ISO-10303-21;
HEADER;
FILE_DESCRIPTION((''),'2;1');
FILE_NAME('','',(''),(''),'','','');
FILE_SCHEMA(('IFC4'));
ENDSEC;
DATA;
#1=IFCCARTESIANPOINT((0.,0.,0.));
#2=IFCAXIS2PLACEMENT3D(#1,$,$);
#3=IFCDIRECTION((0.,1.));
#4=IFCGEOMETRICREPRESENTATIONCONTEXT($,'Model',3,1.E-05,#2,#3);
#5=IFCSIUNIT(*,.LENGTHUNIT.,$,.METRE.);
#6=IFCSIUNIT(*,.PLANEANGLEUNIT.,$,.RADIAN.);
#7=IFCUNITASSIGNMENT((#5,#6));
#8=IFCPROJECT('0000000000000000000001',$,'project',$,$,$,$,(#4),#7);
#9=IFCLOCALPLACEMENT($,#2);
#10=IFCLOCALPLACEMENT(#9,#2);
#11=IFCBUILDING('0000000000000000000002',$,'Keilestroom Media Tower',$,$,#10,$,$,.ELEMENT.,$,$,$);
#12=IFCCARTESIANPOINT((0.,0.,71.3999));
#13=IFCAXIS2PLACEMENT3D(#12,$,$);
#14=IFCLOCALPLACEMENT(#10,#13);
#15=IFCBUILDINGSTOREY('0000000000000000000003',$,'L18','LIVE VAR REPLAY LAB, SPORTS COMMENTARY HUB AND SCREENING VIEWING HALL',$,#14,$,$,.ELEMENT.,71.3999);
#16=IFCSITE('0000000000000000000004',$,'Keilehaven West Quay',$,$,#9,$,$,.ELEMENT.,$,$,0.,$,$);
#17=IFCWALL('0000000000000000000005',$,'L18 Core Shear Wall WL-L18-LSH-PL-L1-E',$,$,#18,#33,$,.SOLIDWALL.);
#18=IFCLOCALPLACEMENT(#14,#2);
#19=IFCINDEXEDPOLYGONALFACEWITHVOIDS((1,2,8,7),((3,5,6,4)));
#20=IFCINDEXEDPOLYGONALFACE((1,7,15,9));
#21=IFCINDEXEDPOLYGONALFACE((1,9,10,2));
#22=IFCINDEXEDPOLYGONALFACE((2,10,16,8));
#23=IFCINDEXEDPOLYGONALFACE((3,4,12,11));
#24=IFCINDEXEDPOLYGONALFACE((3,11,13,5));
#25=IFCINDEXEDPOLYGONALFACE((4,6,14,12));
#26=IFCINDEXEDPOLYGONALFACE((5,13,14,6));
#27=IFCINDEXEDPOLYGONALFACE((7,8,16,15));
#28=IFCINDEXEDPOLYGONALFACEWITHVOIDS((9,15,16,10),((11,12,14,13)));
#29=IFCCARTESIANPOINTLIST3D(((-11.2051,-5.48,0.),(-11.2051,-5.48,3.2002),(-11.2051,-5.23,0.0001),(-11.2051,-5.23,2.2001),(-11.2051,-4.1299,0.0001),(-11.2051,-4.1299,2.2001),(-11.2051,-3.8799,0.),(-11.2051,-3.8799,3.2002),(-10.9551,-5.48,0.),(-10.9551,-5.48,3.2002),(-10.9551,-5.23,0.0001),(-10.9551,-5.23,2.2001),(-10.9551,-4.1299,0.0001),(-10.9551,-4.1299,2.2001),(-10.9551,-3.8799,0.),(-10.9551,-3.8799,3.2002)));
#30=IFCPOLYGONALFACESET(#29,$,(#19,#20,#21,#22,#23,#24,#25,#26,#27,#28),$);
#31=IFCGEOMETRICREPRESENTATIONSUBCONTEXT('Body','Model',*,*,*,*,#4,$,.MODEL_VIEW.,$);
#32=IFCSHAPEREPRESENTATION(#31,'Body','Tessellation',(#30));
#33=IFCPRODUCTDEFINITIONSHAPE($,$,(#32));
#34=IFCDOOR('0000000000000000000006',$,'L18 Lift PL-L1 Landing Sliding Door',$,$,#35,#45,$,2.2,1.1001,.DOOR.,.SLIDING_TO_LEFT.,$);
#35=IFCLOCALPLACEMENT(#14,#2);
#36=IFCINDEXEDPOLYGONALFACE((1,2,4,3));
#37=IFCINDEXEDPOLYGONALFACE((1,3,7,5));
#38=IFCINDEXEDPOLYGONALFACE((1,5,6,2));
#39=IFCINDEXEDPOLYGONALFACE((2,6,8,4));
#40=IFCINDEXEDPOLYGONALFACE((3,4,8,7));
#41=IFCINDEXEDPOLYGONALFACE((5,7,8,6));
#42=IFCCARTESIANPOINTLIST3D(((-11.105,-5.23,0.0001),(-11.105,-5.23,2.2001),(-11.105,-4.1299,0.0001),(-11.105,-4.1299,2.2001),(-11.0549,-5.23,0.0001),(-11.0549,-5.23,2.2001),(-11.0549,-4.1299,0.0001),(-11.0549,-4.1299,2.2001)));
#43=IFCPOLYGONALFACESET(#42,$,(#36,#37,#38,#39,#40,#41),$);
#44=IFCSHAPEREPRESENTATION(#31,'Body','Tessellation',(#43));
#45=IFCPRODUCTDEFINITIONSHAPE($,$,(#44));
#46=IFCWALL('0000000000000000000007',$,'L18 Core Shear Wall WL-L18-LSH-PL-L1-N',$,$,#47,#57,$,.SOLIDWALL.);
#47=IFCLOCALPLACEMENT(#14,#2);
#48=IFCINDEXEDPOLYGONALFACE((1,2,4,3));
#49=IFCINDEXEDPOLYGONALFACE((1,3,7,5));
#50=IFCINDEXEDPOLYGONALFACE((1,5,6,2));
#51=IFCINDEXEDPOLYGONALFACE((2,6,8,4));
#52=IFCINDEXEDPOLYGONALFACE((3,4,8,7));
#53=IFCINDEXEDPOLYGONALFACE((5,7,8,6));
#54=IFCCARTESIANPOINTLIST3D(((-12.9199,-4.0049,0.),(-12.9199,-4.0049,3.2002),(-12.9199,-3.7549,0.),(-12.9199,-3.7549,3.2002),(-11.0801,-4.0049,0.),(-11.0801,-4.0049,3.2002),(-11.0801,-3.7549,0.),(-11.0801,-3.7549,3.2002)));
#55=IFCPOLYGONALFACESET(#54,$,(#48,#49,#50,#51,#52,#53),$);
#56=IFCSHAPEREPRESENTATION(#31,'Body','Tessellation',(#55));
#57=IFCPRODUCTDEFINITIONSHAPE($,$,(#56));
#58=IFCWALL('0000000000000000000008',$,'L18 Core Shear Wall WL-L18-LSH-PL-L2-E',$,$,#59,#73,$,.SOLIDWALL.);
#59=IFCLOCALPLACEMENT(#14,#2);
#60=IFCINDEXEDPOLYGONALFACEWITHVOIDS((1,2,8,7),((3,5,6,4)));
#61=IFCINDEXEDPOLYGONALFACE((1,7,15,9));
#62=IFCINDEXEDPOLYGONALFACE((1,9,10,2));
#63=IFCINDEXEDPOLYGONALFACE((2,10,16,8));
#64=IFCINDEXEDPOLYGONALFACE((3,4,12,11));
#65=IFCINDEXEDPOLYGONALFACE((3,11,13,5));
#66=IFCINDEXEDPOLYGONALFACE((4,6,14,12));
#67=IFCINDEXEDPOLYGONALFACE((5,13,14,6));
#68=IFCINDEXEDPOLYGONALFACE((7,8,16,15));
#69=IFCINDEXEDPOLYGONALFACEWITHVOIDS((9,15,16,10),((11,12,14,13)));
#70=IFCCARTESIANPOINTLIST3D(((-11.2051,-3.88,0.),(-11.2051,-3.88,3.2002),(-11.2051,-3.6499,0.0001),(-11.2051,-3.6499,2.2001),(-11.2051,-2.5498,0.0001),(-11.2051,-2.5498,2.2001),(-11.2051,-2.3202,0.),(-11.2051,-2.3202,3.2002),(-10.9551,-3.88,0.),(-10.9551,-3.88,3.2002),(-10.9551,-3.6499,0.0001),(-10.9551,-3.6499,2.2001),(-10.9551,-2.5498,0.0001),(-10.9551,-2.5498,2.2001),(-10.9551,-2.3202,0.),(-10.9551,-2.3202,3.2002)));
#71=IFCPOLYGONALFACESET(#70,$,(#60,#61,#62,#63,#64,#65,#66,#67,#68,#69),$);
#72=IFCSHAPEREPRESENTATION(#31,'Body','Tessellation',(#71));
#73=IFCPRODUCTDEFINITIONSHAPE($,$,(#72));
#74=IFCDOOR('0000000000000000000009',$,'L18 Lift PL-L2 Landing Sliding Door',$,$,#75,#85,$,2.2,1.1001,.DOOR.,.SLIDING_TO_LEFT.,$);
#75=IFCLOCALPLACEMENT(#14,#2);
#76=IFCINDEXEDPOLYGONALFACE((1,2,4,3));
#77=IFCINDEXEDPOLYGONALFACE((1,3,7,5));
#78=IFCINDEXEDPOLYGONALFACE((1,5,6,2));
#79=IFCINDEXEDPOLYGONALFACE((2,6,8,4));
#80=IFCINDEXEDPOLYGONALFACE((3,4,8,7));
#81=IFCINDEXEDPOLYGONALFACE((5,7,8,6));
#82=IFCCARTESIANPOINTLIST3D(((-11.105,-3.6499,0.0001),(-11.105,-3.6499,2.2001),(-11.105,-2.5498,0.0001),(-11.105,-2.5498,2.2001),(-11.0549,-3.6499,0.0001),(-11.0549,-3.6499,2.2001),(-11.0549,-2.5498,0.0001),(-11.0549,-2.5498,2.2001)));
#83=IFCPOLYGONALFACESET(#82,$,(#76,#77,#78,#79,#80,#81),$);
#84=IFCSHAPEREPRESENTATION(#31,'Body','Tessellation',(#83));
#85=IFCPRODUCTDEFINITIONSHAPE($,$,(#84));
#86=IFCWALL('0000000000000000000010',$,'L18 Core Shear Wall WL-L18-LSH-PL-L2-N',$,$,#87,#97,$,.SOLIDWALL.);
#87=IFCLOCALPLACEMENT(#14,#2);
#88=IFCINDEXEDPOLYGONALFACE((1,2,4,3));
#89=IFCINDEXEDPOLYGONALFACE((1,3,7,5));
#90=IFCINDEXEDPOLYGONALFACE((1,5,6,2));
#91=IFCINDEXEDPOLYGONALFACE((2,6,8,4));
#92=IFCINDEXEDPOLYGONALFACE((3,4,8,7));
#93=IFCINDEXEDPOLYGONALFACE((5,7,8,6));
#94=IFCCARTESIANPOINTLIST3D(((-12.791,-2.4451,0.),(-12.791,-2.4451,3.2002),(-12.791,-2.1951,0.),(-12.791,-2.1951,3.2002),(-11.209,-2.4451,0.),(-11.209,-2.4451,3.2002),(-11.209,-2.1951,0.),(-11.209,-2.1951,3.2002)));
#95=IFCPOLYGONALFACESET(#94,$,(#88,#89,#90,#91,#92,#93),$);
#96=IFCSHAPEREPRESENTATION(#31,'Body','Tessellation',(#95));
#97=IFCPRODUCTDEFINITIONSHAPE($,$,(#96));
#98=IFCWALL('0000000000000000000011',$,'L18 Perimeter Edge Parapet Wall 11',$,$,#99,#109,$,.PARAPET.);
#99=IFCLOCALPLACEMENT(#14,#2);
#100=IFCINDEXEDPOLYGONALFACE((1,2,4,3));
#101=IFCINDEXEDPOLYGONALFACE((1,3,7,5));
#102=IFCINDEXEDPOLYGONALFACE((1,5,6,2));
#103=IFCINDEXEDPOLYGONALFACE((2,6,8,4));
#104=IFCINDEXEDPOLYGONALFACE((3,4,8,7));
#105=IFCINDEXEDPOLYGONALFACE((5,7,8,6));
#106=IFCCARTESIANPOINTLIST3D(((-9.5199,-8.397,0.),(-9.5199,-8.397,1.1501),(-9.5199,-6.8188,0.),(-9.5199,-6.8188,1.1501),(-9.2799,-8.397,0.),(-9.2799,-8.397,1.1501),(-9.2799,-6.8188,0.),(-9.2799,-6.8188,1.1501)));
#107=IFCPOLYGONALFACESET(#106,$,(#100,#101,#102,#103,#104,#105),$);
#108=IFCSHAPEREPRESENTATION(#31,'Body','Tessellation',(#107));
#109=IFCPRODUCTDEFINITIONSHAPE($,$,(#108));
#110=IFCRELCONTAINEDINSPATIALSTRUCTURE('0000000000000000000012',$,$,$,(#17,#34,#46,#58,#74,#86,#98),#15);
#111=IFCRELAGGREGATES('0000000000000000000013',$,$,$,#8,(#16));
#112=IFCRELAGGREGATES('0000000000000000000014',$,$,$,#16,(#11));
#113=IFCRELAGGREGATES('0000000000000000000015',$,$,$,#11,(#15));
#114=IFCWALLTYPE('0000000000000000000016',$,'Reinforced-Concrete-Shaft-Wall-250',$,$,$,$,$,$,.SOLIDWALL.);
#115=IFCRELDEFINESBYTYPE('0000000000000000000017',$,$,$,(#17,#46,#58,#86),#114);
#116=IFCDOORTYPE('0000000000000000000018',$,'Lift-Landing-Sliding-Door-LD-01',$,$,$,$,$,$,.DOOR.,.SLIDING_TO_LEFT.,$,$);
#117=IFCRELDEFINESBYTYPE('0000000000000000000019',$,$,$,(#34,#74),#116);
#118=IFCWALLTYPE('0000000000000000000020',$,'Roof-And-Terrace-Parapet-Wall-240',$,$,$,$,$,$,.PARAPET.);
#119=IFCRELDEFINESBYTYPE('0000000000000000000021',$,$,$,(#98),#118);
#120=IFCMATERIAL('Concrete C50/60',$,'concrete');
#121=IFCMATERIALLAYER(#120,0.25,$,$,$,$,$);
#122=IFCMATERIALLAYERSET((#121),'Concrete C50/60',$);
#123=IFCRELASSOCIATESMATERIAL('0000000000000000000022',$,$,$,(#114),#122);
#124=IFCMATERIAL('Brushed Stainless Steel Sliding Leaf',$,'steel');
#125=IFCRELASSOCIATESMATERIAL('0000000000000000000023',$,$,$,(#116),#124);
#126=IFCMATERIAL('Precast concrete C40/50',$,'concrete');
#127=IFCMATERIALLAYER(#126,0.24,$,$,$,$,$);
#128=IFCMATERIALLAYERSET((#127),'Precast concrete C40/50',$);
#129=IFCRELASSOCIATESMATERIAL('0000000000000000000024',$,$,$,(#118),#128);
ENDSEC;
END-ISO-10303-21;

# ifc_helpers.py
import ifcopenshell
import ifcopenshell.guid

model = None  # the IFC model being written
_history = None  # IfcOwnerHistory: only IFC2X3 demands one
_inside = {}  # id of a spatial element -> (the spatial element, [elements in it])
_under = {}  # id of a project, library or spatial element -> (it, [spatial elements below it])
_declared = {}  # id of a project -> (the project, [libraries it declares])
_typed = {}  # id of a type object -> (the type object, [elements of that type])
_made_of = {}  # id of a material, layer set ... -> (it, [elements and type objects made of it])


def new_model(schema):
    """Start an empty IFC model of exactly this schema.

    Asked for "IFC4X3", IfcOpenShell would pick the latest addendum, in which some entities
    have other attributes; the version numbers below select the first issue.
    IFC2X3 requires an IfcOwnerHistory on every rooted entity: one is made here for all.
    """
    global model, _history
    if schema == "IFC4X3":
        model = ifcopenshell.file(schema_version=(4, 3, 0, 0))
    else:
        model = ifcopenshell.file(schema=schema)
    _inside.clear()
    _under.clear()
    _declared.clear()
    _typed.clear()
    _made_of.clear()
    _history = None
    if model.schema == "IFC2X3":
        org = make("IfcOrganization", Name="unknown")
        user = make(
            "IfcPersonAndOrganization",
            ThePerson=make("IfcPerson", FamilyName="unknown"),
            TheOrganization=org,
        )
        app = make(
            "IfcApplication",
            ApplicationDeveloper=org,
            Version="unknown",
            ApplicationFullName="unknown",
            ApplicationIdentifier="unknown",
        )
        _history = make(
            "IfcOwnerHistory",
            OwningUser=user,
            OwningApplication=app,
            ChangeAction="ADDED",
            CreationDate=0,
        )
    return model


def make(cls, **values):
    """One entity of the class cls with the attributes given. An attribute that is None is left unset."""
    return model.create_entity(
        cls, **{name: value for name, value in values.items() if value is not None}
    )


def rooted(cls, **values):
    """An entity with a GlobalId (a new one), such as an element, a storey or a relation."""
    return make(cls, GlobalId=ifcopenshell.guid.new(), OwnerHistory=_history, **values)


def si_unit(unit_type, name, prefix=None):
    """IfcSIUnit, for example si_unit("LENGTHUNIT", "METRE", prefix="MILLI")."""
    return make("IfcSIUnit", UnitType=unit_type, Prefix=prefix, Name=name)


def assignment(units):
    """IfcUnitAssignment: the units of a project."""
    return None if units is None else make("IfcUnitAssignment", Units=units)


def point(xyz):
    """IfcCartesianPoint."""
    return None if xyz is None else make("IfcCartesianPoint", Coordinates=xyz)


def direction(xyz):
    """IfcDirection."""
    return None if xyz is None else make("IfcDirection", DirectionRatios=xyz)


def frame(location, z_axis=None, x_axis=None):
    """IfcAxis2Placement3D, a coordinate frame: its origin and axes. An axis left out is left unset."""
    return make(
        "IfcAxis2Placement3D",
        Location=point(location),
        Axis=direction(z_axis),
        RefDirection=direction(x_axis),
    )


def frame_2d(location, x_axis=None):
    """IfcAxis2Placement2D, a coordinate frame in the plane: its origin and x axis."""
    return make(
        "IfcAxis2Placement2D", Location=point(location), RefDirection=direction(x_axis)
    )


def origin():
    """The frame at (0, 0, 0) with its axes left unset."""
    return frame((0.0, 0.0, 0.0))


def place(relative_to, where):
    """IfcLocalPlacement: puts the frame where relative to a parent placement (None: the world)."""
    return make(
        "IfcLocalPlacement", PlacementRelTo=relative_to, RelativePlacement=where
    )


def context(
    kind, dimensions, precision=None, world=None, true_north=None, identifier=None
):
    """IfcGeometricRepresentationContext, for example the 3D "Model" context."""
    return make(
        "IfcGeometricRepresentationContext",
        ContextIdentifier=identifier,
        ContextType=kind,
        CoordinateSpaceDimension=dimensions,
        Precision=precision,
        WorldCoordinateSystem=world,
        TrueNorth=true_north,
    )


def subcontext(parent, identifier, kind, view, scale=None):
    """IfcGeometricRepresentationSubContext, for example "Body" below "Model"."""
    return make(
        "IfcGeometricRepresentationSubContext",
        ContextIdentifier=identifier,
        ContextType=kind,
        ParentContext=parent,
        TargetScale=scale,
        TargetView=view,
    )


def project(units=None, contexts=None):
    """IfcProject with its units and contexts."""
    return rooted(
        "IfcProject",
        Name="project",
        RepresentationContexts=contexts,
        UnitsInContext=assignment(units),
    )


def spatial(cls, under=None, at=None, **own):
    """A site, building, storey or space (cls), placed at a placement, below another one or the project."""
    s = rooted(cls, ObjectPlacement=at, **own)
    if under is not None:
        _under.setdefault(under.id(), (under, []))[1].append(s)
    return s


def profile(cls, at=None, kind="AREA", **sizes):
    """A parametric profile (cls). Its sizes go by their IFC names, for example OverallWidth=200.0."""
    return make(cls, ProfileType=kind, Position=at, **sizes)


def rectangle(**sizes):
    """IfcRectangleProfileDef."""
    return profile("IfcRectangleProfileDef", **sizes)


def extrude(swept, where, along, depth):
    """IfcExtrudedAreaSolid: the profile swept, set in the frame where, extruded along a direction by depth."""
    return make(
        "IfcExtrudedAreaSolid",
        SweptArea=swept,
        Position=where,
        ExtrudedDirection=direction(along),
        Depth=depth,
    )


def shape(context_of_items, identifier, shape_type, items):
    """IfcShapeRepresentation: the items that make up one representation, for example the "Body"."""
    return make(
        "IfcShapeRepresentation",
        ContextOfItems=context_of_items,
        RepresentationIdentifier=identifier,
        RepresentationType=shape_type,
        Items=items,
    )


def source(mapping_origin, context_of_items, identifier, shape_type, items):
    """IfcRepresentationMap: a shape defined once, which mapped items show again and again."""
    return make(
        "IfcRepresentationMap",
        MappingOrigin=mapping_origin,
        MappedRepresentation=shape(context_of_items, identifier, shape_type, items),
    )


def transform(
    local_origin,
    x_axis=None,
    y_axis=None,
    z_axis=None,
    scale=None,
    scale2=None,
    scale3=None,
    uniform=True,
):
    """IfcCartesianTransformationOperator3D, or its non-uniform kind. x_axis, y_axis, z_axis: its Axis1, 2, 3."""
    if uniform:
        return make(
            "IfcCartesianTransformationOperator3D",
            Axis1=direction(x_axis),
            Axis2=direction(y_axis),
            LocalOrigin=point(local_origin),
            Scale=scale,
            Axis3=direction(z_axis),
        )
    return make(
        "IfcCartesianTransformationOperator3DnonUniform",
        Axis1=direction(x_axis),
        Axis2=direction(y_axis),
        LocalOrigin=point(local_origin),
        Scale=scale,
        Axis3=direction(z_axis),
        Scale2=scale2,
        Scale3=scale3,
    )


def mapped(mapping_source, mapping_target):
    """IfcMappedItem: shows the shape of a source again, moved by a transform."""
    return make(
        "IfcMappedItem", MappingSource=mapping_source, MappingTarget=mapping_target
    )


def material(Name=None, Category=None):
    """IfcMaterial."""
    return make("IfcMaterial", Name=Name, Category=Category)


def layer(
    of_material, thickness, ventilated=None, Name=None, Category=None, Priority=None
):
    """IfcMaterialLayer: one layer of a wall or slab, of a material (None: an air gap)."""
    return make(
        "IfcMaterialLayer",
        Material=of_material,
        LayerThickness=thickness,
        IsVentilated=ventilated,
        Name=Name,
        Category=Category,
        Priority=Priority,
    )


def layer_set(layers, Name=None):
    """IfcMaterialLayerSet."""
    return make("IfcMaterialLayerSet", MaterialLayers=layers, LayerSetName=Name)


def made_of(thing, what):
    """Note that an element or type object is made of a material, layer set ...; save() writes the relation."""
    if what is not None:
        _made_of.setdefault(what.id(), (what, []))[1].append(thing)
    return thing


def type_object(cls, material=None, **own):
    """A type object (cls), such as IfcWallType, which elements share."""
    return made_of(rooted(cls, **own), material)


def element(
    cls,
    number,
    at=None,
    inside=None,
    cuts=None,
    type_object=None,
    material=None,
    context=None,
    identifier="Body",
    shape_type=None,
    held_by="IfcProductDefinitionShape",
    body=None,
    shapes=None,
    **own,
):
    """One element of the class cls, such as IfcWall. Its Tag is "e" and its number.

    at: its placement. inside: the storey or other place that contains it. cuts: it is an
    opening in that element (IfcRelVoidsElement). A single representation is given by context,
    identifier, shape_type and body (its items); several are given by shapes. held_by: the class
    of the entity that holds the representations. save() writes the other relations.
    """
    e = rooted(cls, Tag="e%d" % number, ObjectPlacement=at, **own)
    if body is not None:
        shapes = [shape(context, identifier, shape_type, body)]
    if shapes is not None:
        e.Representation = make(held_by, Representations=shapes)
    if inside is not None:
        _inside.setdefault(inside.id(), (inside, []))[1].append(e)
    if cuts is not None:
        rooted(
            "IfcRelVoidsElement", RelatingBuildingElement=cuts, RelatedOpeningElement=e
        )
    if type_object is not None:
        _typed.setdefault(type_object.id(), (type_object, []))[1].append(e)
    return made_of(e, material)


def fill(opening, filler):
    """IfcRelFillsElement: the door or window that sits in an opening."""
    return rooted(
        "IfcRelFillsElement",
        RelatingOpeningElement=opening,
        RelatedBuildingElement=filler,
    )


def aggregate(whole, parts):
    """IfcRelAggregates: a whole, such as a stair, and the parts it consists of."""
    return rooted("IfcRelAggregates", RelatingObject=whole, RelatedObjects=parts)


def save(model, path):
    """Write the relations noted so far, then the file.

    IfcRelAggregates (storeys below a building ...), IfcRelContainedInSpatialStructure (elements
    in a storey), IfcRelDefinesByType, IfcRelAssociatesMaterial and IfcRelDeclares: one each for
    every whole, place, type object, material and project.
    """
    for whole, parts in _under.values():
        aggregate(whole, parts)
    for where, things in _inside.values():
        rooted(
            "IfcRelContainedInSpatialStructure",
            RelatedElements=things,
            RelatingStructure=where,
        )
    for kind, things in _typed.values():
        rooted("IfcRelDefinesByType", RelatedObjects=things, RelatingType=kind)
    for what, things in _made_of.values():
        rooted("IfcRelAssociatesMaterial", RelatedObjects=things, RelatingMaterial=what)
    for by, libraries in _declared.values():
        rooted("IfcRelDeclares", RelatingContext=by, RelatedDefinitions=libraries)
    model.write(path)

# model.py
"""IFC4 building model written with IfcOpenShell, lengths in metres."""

from ifc_helpers import new_model, si_unit, direction, frame, frame_2d, origin, place, context, subcontext, project, spatial, rectangle, extrude, source, transform, mapped, material, layer, layer_set, type_object, element, fill, save


model = new_model("IFC4")

# Units and contexts
model_context = context("Model", 3, precision=1e-05, world=origin(), true_north=direction((0.0, 1.0)))
body_context = subcontext(model_context, "Body", "Model", "MODEL_VIEW")
ifc_project = project(units=[si_unit("LENGTHUNIT", "METRE"), si_unit("PLANEANGLEUNIT", "RADIAN")], contexts=[model_context])

# Site, building, storey
site_placement = place(None, origin())
site = spatial("IfcSite", under=ifc_project, at=site_placement, Name="Keilehaven West Quay", CompositionType="ELEMENT", RefElevation=0.0)
building_placement = place(site_placement, origin())
building = spatial("IfcBuilding", under=site, at=building_placement, Name="Keilestroom Media Tower", CompositionType="ELEMENT")
storey_placement = place(building_placement, frame((0.0, 0.0, 71.3999)))
storey = spatial("IfcBuildingStorey", under=building, at=storey_placement, Name="L18", Description="LIVE VAR REPLAY LAB, SPORTS COMMENTARY HUB AND SCREENING VIEWING HALL", CompositionType="ELEMENT", Elevation=71.3999)

# Shared definitions
ifc_material_1 = material(Name="Concrete C50/60", Category="concrete")
ifc_layer_1 = layer(ifc_material_1, 0.25)
ifc_layer_set_1 = layer_set([ifc_layer_1], Name="Concrete C50/60")
wall_type_1 = type_object("IfcWallType", Name="Reinforced-Concrete-Shaft-Wall-250", PredefinedType="SOLIDWALL", material=ifc_layer_set_1)

# Wall, opening, door
wall_1_placement = place(storey_placement, frame((-11.0801, -5.48, 0.0), z_axis=(0.0, 0.0, 1.0), x_axis=(0.0, 1.0, 0.0)))
wall_1 = element("IfcWall", 1, at=wall_1_placement, inside=storey, type_object=wall_type_1, Name="L18 Core Shear Wall WL-L18-LSH-PL-L1-E", PredefinedType="SOLIDWALL", context=body_context, shape_type="SweptSolid", body=[
    extrude(rectangle(XDim=1.6001, YDim=0.25, at=frame_2d((0.8, 0.0))), origin(), (0.0, 0.0, 1.0), 3.2002),
])
opening_1_placement = place(wall_1_placement, frame((0.25, 0.0, 0.0)))
opening_1 = element("IfcOpeningElement", 2, at=opening_1_placement, cuts=wall_1, PredefinedType="OPENING", context=body_context, shape_type="SweptSolid", body=[
    extrude(rectangle(XDim=1.1001, YDim=2.2, at=frame_2d((0.55, 1.1001))), frame((0.0, 0.135, 0.0), z_axis=(0.0, -1.0, 0.0), x_axis=(1.0, 0.0, 0.0)), (0.0, 0.0, 1.0), 0.27),
])
ifc_material_2 = material(Name="Brushed Stainless Steel Sliding Leaf", Category="steel")
door_type_1 = type_object("IfcDoorType", Name="Lift-Landing-Sliding-Door-LD-01", OperationType="SLIDING_TO_LEFT", PredefinedType="DOOR", material=ifc_material_2)
shared_shape_1 = source(origin(), body_context, "Body", "SweptSolid", [
    extrude(rectangle(XDim=1.1001, YDim=2.2, at=frame_2d((0.55, 1.1001))), frame((0.0, 0.0249, 0.0), z_axis=(0.0, -1.0, 0.0), x_axis=(1.0, 0.0, 0.0)), (0.0, 0.0, 1.0), 0.05),
])
door_1_placement = place(opening_1_placement, origin())
door_1 = element("IfcDoor", 3, at=door_1_placement, inside=storey, type_object=door_type_1, Name="L18 Lift PL-L1 Landing Sliding Door", OperationType="SLIDING_TO_LEFT", OverallHeight=2.2, OverallWidth=1.1001, PredefinedType="DOOR", context=body_context, shape_type="MappedRepresentation", body=[
    mapped(shared_shape_1, transform((0.0, 0.0, 0.0), x_axis=(1.0, 0.0, 0.0), y_axis=(0.0, 1.0, 0.0), z_axis=(0.0, 0.0, 1.0), scale=1.0)),
])
fill(opening_1, door_1)

# Wall
wall_2_placement = place(storey_placement, frame((-12.9199, -3.8799, 0.0), z_axis=(0.0, 0.0, 1.0), x_axis=(1.0, 0.0, 0.0)))
element("IfcWall", 4, at=wall_2_placement, inside=storey, type_object=wall_type_1, Name="L18 Core Shear Wall WL-L18-LSH-PL-L1-N", PredefinedType="SOLIDWALL", context=body_context, shape_type="SweptSolid", body=[
    extrude(rectangle(XDim=1.8398, YDim=0.25, at=frame_2d((0.9199, 0.0))), origin(), (0.0, 0.0, 1.0), 3.2002),
])

# Wall, opening, door
wall_3_placement = place(storey_placement, frame((-11.0801, -3.8799, 0.0), z_axis=(0.0, 0.0, 1.0), x_axis=(0.0, 1.0, 0.0)))
wall_3 = element("IfcWall", 5, at=wall_3_placement, inside=storey, type_object=wall_type_1, Name="L18 Core Shear Wall WL-L18-LSH-PL-L2-E", PredefinedType="SOLIDWALL", context=body_context, shape_type="SweptSolid", body=[
    extrude(rectangle(XDim=1.5598, YDim=0.25, at=frame_2d((0.7798, 0.0))), origin(), (0.0, 0.0, 1.0), 3.2002),
])
opening_2_placement = place(wall_3_placement, frame((0.23, 0.0, 0.0)))
opening_2 = element("IfcOpeningElement", 6, at=opening_2_placement, cuts=wall_3, PredefinedType="OPENING", context=body_context, shape_type="SweptSolid", body=[
    extrude(rectangle(XDim=1.1001, YDim=2.2, at=frame_2d((0.55, 1.1001))), frame((0.0, 0.135, 0.0), z_axis=(0.0, -1.0, 0.0), x_axis=(1.0, 0.0, 0.0)), (0.0, 0.0, 1.0), 0.27),
])
door_2_placement = place(opening_2_placement, origin())
door_2 = element("IfcDoor", 7, at=door_2_placement, inside=storey, type_object=door_type_1, Name="L18 Lift PL-L2 Landing Sliding Door", OperationType="SLIDING_TO_LEFT", OverallHeight=2.2, OverallWidth=1.1001, PredefinedType="DOOR", context=body_context, shape_type="MappedRepresentation", body=[
    mapped(shared_shape_1, transform((0.0, 0.0, 0.0), x_axis=(1.0, 0.0, 0.0), y_axis=(0.0, 1.0, 0.0), z_axis=(0.0, 0.0, 1.0), scale=1.0)),
])
fill(opening_2, door_2)

# Walls
wall_4_placement = place(storey_placement, frame((-12.791, -2.3201, 0.0), z_axis=(0.0, 0.0, 1.0), x_axis=(1.0, 0.0, 0.0)))
element("IfcWall", 8, at=wall_4_placement, inside=storey, type_object=wall_type_1, Name="L18 Core Shear Wall WL-L18-LSH-PL-L2-N", PredefinedType="SOLIDWALL", context=body_context, shape_type="SweptSolid", body=[
    extrude(rectangle(XDim=1.582, YDim=0.25, at=frame_2d((0.791, 0.0))), origin(), (0.0, 0.0, 1.0), 3.2002),
])
ifc_material_3 = material(Name="Precast concrete C40/50", Category="concrete")
ifc_layer_2 = layer(ifc_material_3, 0.24)
ifc_layer_set_2 = layer_set([ifc_layer_2], Name="Precast concrete C40/50")
wall_type_2 = type_object("IfcWallType", Name="Roof-And-Terrace-Parapet-Wall-240", PredefinedType="PARAPET", material=ifc_layer_set_2)
wall_5_placement = place(storey_placement, frame((-9.3999, -8.397, 0.0), z_axis=(0.0, 0.0, 1.0), x_axis=(0.0, 1.0, 0.0)))
element("IfcWall", 9, at=wall_5_placement, inside=storey, type_object=wall_type_2, Name="L18 Perimeter Edge Parapet Wall 11", PredefinedType="PARAPET", context=body_context, shape_type="SweptSolid", body=[
    extrude(rectangle(XDim=1.5781, YDim=0.24, at=frame_2d((0.7891, 0.0))), origin(), (0.0, 0.0, 1.0), 1.1501),
])

save(model, "model.ifc")
